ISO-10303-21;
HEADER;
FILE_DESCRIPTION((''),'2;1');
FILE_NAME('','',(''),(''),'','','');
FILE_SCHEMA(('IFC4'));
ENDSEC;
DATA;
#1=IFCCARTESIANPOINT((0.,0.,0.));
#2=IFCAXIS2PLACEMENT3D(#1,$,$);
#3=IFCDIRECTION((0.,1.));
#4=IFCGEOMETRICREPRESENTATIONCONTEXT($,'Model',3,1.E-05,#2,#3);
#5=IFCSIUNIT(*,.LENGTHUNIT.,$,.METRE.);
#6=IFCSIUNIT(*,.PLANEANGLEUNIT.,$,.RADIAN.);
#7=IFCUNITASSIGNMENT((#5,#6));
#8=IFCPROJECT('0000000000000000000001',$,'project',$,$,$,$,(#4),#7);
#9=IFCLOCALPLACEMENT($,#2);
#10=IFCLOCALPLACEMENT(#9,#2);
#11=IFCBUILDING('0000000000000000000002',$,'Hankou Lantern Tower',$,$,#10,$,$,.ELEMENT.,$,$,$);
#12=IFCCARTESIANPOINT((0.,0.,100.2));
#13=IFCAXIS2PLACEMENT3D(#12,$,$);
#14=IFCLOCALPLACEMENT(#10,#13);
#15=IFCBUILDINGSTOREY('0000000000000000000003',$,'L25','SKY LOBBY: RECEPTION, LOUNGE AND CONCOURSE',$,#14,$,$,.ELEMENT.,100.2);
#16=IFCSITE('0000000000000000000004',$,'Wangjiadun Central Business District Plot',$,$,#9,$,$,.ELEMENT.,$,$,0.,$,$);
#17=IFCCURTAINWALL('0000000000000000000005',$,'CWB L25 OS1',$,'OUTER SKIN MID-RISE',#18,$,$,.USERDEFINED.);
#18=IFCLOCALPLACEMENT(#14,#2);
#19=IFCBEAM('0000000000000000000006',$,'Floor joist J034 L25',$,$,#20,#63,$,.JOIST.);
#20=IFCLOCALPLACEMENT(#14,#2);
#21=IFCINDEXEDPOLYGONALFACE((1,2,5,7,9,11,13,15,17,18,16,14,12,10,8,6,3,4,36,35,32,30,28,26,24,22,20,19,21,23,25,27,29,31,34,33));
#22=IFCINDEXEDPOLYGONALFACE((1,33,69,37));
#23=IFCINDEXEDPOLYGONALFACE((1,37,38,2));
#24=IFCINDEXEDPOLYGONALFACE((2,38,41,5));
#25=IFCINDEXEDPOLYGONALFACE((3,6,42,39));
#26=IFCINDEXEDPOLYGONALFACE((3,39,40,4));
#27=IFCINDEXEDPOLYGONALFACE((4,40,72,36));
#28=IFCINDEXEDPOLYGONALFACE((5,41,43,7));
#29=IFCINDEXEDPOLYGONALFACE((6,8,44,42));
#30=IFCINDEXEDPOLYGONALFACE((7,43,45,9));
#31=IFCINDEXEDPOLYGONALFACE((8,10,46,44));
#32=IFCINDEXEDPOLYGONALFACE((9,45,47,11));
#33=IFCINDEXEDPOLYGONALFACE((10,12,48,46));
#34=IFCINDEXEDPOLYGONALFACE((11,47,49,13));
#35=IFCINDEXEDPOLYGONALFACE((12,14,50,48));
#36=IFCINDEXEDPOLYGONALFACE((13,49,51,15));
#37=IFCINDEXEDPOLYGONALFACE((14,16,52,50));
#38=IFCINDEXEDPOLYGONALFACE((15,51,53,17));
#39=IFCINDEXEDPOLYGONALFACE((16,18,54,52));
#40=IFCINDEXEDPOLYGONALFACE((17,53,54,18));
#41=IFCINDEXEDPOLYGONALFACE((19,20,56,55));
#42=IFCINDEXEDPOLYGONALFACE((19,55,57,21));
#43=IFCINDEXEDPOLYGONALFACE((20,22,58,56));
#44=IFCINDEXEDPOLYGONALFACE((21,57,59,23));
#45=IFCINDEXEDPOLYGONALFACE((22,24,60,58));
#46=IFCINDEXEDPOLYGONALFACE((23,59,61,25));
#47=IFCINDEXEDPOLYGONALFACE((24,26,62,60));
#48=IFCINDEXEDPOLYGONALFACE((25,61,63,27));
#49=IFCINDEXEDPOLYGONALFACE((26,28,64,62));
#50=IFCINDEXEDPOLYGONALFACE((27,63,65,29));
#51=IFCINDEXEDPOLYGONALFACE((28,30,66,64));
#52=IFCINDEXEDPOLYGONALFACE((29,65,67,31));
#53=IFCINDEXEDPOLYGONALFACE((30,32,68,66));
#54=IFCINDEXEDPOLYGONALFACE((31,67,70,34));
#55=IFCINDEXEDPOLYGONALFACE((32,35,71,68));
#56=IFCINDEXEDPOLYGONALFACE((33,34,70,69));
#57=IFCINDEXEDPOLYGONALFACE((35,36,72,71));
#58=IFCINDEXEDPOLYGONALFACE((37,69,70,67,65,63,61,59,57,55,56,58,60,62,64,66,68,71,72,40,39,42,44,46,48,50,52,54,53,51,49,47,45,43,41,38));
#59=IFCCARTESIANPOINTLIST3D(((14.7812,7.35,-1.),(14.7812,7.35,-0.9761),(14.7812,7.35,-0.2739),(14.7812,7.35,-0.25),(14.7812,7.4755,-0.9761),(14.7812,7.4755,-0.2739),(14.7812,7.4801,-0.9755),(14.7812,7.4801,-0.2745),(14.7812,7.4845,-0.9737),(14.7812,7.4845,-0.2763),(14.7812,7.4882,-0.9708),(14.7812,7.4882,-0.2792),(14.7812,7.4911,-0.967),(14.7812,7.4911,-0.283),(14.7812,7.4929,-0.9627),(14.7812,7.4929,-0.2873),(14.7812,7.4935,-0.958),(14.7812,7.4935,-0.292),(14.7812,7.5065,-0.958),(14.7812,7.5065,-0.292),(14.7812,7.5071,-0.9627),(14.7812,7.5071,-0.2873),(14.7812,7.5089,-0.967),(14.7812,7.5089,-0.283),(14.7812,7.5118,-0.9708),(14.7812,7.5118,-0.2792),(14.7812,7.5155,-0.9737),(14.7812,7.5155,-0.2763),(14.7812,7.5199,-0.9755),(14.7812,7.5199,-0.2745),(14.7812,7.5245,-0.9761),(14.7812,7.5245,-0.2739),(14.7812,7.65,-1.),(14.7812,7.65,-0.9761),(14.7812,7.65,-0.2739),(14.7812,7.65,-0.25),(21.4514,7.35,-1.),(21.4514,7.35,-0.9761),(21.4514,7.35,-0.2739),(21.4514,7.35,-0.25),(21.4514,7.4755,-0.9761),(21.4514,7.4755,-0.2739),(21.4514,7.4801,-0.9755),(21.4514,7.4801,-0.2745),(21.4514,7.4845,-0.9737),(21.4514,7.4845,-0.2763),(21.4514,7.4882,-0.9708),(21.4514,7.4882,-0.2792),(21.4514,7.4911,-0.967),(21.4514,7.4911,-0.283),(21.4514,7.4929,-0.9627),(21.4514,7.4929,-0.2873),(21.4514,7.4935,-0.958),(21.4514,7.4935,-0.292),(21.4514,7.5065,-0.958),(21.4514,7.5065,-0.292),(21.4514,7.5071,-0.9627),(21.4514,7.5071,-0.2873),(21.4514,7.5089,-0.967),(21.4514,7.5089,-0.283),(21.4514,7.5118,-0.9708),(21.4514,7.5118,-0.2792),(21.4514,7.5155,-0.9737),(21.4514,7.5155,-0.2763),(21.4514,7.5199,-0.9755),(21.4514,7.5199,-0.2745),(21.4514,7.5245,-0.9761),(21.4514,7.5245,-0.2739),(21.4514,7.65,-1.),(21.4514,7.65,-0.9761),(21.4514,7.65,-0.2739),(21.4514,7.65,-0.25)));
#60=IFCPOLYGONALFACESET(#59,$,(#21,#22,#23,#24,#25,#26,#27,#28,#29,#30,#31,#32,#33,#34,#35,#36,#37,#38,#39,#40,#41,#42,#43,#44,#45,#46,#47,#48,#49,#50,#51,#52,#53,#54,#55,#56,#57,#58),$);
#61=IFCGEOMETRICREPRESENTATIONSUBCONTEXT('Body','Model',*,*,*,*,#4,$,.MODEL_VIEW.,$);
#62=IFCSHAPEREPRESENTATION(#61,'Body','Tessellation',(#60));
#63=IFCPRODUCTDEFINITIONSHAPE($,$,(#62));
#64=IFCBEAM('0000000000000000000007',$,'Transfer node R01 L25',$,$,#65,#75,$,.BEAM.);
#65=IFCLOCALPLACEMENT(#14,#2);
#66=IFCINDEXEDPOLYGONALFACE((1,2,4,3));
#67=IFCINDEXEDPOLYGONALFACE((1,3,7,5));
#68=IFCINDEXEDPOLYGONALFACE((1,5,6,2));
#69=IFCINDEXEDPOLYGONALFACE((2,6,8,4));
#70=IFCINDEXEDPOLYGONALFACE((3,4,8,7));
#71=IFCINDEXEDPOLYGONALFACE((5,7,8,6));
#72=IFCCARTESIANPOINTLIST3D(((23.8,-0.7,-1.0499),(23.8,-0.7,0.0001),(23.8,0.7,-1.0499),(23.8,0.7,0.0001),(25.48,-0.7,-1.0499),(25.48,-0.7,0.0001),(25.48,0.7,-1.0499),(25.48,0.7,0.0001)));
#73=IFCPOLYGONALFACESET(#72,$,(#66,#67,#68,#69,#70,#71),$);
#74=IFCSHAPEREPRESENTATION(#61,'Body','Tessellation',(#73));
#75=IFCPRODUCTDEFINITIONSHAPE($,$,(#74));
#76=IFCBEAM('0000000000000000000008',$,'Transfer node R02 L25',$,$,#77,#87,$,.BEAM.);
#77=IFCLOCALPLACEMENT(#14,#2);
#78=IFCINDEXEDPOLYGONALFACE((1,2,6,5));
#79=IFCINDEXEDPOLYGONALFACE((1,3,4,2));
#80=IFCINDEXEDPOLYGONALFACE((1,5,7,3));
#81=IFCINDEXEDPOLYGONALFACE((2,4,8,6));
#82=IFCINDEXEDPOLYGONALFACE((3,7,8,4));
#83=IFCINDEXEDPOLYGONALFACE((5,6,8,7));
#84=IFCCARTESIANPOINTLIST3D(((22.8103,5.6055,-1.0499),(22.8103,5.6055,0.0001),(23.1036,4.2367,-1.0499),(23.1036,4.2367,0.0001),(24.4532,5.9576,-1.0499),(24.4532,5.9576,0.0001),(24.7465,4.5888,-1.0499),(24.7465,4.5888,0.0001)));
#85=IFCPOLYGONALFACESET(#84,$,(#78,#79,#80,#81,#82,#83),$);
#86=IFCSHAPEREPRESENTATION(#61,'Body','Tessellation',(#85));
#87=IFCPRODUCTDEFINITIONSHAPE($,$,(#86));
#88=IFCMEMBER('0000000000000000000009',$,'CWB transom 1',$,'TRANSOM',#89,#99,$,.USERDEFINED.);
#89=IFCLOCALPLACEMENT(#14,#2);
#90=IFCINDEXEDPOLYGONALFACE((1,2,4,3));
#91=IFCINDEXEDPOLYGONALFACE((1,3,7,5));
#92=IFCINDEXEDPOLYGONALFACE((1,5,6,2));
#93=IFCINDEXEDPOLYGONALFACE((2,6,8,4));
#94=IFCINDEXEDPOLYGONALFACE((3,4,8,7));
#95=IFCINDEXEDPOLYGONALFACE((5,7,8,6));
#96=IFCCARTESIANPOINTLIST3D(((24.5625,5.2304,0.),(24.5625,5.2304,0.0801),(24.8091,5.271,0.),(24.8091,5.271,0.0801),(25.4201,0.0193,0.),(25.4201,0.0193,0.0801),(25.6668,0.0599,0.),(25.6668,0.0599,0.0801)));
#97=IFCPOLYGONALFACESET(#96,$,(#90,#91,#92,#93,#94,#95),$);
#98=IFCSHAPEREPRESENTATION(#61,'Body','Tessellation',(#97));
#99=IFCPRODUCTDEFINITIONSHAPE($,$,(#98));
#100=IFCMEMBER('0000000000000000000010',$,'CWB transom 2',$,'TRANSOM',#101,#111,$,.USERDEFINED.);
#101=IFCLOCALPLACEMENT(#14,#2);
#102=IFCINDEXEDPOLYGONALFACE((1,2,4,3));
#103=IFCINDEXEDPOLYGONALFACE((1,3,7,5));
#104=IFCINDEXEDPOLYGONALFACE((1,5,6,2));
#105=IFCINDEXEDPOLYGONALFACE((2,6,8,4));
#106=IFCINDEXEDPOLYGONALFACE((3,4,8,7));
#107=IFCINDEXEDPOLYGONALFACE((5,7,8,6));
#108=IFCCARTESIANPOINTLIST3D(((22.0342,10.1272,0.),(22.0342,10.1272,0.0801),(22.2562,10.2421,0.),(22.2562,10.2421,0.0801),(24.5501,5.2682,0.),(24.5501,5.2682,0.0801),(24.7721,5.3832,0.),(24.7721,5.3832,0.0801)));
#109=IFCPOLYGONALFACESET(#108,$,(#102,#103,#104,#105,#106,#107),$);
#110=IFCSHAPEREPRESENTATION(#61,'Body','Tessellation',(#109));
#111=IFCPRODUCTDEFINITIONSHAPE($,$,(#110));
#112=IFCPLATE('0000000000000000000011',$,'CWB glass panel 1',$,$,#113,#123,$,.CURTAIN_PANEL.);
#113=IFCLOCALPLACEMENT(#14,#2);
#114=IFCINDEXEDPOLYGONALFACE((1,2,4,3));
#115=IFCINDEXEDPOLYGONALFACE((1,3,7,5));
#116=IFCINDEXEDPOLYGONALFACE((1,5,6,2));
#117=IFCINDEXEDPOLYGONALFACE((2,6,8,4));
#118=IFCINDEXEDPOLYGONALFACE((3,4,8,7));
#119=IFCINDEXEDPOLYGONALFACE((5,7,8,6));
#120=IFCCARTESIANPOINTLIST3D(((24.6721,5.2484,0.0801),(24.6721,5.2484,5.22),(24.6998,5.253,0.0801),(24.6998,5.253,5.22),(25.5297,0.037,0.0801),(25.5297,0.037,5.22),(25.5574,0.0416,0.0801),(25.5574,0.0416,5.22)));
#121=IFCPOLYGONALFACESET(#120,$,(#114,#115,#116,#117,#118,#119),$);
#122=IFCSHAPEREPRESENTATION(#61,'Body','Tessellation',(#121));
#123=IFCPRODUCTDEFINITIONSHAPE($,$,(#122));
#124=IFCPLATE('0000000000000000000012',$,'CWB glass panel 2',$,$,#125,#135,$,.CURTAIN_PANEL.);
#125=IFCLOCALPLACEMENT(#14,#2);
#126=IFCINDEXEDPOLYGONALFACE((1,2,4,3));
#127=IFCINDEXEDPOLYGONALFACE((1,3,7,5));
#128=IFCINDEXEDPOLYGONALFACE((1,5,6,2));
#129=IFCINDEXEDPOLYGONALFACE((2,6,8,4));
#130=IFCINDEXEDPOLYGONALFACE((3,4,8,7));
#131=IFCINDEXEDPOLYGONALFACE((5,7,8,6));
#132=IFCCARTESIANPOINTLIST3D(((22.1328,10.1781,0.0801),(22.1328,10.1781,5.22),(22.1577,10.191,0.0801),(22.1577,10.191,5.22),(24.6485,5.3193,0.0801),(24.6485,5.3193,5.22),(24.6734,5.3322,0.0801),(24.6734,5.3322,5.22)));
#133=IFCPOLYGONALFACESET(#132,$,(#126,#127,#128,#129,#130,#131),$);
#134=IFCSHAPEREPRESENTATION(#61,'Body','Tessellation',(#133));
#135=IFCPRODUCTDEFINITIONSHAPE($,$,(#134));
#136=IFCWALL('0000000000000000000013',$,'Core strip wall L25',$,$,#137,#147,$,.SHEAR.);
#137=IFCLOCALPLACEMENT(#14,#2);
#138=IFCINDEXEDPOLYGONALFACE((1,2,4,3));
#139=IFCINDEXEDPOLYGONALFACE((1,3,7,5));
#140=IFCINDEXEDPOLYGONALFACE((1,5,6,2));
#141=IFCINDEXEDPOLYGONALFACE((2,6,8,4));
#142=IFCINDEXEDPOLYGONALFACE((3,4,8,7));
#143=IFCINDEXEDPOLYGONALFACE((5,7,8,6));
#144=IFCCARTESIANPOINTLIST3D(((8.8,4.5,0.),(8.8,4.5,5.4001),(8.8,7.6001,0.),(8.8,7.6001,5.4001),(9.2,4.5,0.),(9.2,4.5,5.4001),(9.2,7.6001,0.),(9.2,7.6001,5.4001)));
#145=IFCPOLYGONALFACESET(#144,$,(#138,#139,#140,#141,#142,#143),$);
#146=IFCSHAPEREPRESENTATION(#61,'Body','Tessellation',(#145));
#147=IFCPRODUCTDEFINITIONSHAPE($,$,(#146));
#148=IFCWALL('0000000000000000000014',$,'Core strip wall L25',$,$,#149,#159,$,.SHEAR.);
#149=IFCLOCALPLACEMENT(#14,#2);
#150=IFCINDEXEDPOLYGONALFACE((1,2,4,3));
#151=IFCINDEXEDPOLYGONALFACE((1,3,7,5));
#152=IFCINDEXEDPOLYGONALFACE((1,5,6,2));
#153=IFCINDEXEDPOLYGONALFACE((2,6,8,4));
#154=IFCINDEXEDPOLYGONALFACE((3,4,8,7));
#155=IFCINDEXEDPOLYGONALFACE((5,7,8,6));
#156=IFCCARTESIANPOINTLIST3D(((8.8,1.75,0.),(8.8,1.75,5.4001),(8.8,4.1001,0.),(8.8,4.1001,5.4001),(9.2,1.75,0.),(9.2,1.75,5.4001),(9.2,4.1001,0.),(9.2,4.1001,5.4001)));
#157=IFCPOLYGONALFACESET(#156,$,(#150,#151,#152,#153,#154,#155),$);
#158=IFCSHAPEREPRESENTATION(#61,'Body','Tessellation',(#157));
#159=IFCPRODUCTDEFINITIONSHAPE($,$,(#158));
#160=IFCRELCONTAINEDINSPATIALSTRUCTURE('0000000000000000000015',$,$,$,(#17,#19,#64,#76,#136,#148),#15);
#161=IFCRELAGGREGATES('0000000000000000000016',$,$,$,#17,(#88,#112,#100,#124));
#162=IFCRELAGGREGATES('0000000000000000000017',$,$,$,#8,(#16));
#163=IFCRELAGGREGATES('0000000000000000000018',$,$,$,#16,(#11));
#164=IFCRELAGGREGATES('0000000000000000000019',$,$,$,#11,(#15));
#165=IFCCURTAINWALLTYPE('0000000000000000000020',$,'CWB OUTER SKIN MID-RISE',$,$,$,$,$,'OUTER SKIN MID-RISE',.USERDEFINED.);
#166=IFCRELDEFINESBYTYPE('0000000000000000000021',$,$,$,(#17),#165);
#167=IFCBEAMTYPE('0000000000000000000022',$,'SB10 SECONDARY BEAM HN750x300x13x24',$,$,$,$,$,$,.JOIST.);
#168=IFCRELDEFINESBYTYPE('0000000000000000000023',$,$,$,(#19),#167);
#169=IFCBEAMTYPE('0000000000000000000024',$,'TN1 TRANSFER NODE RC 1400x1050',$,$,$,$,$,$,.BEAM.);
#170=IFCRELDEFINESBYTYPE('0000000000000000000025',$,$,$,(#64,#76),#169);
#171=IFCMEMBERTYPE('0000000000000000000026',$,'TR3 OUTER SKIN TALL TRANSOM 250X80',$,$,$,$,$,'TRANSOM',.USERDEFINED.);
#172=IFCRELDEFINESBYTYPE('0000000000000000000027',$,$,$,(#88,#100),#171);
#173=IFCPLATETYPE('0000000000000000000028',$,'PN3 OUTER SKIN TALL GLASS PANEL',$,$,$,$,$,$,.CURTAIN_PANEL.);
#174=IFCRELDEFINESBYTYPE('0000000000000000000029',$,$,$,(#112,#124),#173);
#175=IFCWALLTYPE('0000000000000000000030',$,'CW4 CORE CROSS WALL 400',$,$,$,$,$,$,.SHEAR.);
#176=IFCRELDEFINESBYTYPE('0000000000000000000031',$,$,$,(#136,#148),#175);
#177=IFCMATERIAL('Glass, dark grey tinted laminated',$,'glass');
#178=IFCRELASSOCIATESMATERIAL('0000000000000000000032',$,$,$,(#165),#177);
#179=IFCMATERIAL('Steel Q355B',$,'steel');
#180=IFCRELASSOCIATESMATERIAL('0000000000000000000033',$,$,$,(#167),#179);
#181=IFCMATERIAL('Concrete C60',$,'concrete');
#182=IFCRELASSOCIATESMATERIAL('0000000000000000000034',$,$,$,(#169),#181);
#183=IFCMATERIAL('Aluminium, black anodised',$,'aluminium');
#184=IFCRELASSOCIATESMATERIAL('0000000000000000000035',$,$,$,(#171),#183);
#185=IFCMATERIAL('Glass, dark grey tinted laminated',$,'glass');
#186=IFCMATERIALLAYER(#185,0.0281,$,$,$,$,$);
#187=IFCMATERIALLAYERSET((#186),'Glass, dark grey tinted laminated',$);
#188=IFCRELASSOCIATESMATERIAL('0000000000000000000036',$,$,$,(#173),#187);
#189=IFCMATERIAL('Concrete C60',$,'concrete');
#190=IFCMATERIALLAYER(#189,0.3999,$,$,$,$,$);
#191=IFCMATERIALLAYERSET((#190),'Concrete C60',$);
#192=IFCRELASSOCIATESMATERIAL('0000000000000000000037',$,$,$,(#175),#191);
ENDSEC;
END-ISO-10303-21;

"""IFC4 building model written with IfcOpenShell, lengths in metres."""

from ifc_helpers import new_model, si_unit, direction, frame, frame_2d, origin, origin_2d, place, context, subcontext, project, spatial, rectangle, i_section, extrude, material, layer, layer_set, material_profile, profile_set, type_object, element, aggregate, save


model = new_model("IFC4")

# Units and contexts
model_context = context("Model", 3, precision=1e-05, world=origin(), true_north=direction((0.0, 1.0)))
body_context = subcontext(model_context, "Body", "Model", "MODEL_VIEW")
ifc_project = project(units=[si_unit("LENGTHUNIT", "METRE"), si_unit("PLANEANGLEUNIT", "RADIAN")], contexts=[model_context])

# Site, building, storey
site_placement = place(None, origin())
site = spatial("IfcSite", under=ifc_project, at=site_placement, Name="Wangjiadun Central Business District Plot", CompositionType="ELEMENT", RefElevation=0.0)
building_placement = place(site_placement, origin())
building = spatial("IfcBuilding", under=site, at=building_placement, Name="Hankou Lantern Tower", CompositionType="ELEMENT")
storey_placement = place(building_placement, frame((0.0, 0.0, 100.2)))
storey = spatial("IfcBuildingStorey", under=building, at=storey_placement, Name="L25", Description="SKY LOBBY: RECEPTION, LOUNGE AND CONCOURSE", CompositionType="ELEMENT", Elevation=100.2)

# Curtain wall
ifc_material_1 = material(Name="Glass, dark grey tinted laminated", Category="glass")
curtain_wall_type = type_object("IfcCurtainWallType", Name="CWB OUTER SKIN MID-RISE", ElementType="OUTER SKIN MID-RISE", PredefinedType="USERDEFINED", material=ifc_material_1)
curtain_wall_placement = place(storey_placement, origin())
curtain_wall = element("IfcCurtainWall", 1, at=curtain_wall_placement, inside=storey, type_object=curtain_wall_type, Name="CWB L25 OS1", ObjectType="OUTER SKIN MID-RISE", PredefinedType="USERDEFINED")

# Beams
ifc_material_2 = material(Name="Steel Q355B", Category="steel")
ifc_material_profile_1 = material_profile(ifc_material_2, i_section(OverallWidth=0.3, OverallDepth=0.75, WebThickness=0.0129, FlangeThickness=0.0239, FilletRadius=0.0181, at=origin_2d()), Name="HN750x300x13x24")
ifc_profile_set_1 = profile_set([ifc_material_profile_1], Name="Steel Q355B")
beam_type_1 = type_object("IfcBeamType", Name="SB10 SECONDARY BEAM HN750x300x13x24", PredefinedType="JOIST", material=ifc_profile_set_1)
beam_1_placement = place(storey_placement, frame((14.7812, 7.5, -0.625), z_axis=(1.0, 0.0, 0.0), x_axis=(0.0, 1.0, 0.0)))
element("IfcBeam", 2, at=beam_1_placement, inside=storey, type_object=beam_type_1, Name="Floor joist J034 L25", PredefinedType="JOIST", context=body_context, shape_type="SweptSolid", body=[
    extrude(i_section(OverallWidth=0.3, OverallDepth=0.75, WebThickness=0.0129, FlangeThickness=0.0239, FilletRadius=0.0181, at=origin_2d()), origin(), (0.0, 0.0, 1.0), 6.6702),
])
ifc_material_3 = material(Name="Concrete C60", Category="concrete")
ifc_material_profile_2 = material_profile(ifc_material_3, rectangle(XDim=1.3999, YDim=1.05, at=origin_2d()), Name="RC 1400x1050")
ifc_profile_set_2 = profile_set([ifc_material_profile_2], Name="Concrete C60")
beam_type_2 = type_object("IfcBeamType", Name="TN1 TRANSFER NODE RC 1400x1050", PredefinedType="BEAM", material=ifc_profile_set_2)
beam_2_placement = place(storey_placement, frame((25.48, 0.0, -0.5249), z_axis=(-1.0, 0.0, 0.0), x_axis=(0.0, -1.0, 0.0)))
element("IfcBeam", 3, at=beam_2_placement, inside=storey, type_object=beam_type_2, Name="Transfer node R01 L25", PredefinedType="BEAM", context=body_context, shape_type="SweptSolid", body=[
    extrude(rectangle(XDim=1.3999, YDim=1.05, at=origin_2d()), origin(), (0.0, 0.0, 1.0), 1.6799),
])
beam_3_placement = place(storey_placement, frame((24.5999, 5.2732, -0.5249), z_axis=(-0.9778, -0.209539, 0.0), x_axis=(0.209539, -0.9778, 0.0)))
element("IfcBeam", 4, at=beam_3_placement, inside=storey, type_object=beam_type_2, Name="Transfer node R02 L25", PredefinedType="BEAM", context=body_context, shape_type="SweptSolid", body=[
    extrude(rectangle(XDim=1.3999, YDim=1.05, at=origin_2d()), origin(), (0.0, 0.0, 1.0), 1.6802),
])

# Members
ifc_material_4 = material(Name="Aluminium, black anodised", Category="aluminium")
ifc_material_profile_3 = material_profile(ifc_material_4, rectangle(XDim=0.25, YDim=0.0801, at=origin_2d()), Name="TR3 250X80")
ifc_profile_set_3 = profile_set([ifc_material_profile_3], Name="Aluminium, black anodised")
member_type_1 = type_object("IfcMemberType", Name="TR3 OUTER SKIN TALL TRANSOM 250X80", ElementType="TRANSOM", PredefinedType="USERDEFINED", material=ifc_profile_set_3)
member_1_placement = place(storey_placement, frame((25.5435, 0.0396, 0.04), z_axis=(-0.162397, 0.986725, 0.0), x_axis=(-0.986725, -0.162397, 0.0)))
member_1 = element("IfcMember", 5, at=member_1_placement, type_object=member_type_1, Name="CWB transom 1", ObjectType="TRANSOM", PredefinedType="USERDEFINED", context=body_context, shape_type="SweptSolid", body=[
    extrude(rectangle(XDim=0.25, YDim=0.0801, at=origin_2d()), origin(), (0.0, 0.0, 1.0), 5.2812),
])
member_2_placement = place(storey_placement, frame((24.6611, 5.3257, 0.04), z_axis=(-0.459805, 0.88802, 0.0), x_axis=(-0.88802, -0.459805, 0.0)))
member_2 = element("IfcMember", 6, at=member_2_placement, type_object=member_type_1, Name="CWB transom 2", ObjectType="TRANSOM", PredefinedType="USERDEFINED", context=body_context, shape_type="SweptSolid", body=[
    extrude(rectangle(XDim=0.25, YDim=0.0801, at=origin_2d()), origin(), (0.0, 0.0, 1.0), 5.4717),
])

# Plates
ifc_material_5 = material(Name="Glass, dark grey tinted laminated", Category="glass")
ifc_layer_1 = layer(ifc_material_5, 0.0281)
ifc_layer_set_1 = layer_set([ifc_layer_1], Name="Glass, dark grey tinted laminated")
plate_type = type_object("IfcPlateType", Name="PN3 OUTER SKIN TALL GLASS PANEL", PredefinedType="CURTAIN_PANEL", material=ifc_layer_set_1)
plate_1_placement = place(storey_placement, frame((25.1147, 2.645, 0.0801), z_axis=(0.0, 0.0, 1.0), x_axis=(-0.162382, 0.986728, 0.0)))
plate_1 = element("IfcPlate", 7, at=plate_1_placement, type_object=plate_type, Name="CWB glass panel 1", PredefinedType="CURTAIN_PANEL", context=body_context, shape_type="SweptSolid", body=[
    extrude(rectangle(XDim=5.2815, YDim=0.0281, at=origin_2d()), origin(), (0.0, 0.0, 1.0), 5.1399),
])
plate_2_placement = place(storey_placement, frame((23.4031, 7.7551, 0.0801), z_axis=(0.0, 0.0, 1.0), x_axis=(-0.459791, 0.888027, 0.0)))
plate_2 = element("IfcPlate", 8, at=plate_2_placement, type_object=plate_type, Name="CWB glass panel 2", PredefinedType="CURTAIN_PANEL", context=body_context, shape_type="SweptSolid", body=[
    extrude(rectangle(XDim=5.4714, YDim=0.0281, at=origin_2d()), origin(), (0.0, 0.0, 1.0), 5.1399),
])
aggregate(curtain_wall, [member_1, plate_1, member_2, plate_2])

# Walls
ifc_material_6 = material(Name="Concrete C60", Category="concrete")
ifc_layer_2 = layer(ifc_material_6, 0.3999)
ifc_layer_set_2 = layer_set([ifc_layer_2], Name="Concrete C60")
wall_type_1 = type_object("IfcWallType", Name="CW4 CORE CROSS WALL 400", PredefinedType="SHEAR", material=ifc_layer_set_2)
wall_1_placement = place(storey_placement, frame((9.0, 4.5, 0.0), z_axis=(0.0, 0.0, 1.0), x_axis=(0.0, 1.0, 0.0)))
element("IfcWall", 9, at=wall_1_placement, inside=storey, type_object=wall_type_1, Name="Core strip wall L25", PredefinedType="SHEAR", context=body_context, shape_type="SweptSolid", body=[
    extrude(rectangle(XDim=3.1001, YDim=0.3999, at=frame_2d((1.55, 0.0))), origin(), (0.0, 0.0, 1.0), 5.4001),
])
wall_2_placement = place(storey_placement, frame((9.0, 1.75, 0.0), z_axis=(0.0, 0.0, 1.0), x_axis=(0.0, 1.0, 0.0)))
element("IfcWall", 10, at=wall_2_placement, inside=storey, type_object=wall_type_1, Name="Core strip wall L25", PredefinedType="SHEAR", context=body_context, shape_type="SweptSolid", body=[
    extrude(rectangle(XDim=2.3501, YDim=0.3999, at=frame_2d((1.175, 0.0))), origin(), (0.0, 0.0, 1.0), 5.4001),
])

save(model, "model.ifc")
